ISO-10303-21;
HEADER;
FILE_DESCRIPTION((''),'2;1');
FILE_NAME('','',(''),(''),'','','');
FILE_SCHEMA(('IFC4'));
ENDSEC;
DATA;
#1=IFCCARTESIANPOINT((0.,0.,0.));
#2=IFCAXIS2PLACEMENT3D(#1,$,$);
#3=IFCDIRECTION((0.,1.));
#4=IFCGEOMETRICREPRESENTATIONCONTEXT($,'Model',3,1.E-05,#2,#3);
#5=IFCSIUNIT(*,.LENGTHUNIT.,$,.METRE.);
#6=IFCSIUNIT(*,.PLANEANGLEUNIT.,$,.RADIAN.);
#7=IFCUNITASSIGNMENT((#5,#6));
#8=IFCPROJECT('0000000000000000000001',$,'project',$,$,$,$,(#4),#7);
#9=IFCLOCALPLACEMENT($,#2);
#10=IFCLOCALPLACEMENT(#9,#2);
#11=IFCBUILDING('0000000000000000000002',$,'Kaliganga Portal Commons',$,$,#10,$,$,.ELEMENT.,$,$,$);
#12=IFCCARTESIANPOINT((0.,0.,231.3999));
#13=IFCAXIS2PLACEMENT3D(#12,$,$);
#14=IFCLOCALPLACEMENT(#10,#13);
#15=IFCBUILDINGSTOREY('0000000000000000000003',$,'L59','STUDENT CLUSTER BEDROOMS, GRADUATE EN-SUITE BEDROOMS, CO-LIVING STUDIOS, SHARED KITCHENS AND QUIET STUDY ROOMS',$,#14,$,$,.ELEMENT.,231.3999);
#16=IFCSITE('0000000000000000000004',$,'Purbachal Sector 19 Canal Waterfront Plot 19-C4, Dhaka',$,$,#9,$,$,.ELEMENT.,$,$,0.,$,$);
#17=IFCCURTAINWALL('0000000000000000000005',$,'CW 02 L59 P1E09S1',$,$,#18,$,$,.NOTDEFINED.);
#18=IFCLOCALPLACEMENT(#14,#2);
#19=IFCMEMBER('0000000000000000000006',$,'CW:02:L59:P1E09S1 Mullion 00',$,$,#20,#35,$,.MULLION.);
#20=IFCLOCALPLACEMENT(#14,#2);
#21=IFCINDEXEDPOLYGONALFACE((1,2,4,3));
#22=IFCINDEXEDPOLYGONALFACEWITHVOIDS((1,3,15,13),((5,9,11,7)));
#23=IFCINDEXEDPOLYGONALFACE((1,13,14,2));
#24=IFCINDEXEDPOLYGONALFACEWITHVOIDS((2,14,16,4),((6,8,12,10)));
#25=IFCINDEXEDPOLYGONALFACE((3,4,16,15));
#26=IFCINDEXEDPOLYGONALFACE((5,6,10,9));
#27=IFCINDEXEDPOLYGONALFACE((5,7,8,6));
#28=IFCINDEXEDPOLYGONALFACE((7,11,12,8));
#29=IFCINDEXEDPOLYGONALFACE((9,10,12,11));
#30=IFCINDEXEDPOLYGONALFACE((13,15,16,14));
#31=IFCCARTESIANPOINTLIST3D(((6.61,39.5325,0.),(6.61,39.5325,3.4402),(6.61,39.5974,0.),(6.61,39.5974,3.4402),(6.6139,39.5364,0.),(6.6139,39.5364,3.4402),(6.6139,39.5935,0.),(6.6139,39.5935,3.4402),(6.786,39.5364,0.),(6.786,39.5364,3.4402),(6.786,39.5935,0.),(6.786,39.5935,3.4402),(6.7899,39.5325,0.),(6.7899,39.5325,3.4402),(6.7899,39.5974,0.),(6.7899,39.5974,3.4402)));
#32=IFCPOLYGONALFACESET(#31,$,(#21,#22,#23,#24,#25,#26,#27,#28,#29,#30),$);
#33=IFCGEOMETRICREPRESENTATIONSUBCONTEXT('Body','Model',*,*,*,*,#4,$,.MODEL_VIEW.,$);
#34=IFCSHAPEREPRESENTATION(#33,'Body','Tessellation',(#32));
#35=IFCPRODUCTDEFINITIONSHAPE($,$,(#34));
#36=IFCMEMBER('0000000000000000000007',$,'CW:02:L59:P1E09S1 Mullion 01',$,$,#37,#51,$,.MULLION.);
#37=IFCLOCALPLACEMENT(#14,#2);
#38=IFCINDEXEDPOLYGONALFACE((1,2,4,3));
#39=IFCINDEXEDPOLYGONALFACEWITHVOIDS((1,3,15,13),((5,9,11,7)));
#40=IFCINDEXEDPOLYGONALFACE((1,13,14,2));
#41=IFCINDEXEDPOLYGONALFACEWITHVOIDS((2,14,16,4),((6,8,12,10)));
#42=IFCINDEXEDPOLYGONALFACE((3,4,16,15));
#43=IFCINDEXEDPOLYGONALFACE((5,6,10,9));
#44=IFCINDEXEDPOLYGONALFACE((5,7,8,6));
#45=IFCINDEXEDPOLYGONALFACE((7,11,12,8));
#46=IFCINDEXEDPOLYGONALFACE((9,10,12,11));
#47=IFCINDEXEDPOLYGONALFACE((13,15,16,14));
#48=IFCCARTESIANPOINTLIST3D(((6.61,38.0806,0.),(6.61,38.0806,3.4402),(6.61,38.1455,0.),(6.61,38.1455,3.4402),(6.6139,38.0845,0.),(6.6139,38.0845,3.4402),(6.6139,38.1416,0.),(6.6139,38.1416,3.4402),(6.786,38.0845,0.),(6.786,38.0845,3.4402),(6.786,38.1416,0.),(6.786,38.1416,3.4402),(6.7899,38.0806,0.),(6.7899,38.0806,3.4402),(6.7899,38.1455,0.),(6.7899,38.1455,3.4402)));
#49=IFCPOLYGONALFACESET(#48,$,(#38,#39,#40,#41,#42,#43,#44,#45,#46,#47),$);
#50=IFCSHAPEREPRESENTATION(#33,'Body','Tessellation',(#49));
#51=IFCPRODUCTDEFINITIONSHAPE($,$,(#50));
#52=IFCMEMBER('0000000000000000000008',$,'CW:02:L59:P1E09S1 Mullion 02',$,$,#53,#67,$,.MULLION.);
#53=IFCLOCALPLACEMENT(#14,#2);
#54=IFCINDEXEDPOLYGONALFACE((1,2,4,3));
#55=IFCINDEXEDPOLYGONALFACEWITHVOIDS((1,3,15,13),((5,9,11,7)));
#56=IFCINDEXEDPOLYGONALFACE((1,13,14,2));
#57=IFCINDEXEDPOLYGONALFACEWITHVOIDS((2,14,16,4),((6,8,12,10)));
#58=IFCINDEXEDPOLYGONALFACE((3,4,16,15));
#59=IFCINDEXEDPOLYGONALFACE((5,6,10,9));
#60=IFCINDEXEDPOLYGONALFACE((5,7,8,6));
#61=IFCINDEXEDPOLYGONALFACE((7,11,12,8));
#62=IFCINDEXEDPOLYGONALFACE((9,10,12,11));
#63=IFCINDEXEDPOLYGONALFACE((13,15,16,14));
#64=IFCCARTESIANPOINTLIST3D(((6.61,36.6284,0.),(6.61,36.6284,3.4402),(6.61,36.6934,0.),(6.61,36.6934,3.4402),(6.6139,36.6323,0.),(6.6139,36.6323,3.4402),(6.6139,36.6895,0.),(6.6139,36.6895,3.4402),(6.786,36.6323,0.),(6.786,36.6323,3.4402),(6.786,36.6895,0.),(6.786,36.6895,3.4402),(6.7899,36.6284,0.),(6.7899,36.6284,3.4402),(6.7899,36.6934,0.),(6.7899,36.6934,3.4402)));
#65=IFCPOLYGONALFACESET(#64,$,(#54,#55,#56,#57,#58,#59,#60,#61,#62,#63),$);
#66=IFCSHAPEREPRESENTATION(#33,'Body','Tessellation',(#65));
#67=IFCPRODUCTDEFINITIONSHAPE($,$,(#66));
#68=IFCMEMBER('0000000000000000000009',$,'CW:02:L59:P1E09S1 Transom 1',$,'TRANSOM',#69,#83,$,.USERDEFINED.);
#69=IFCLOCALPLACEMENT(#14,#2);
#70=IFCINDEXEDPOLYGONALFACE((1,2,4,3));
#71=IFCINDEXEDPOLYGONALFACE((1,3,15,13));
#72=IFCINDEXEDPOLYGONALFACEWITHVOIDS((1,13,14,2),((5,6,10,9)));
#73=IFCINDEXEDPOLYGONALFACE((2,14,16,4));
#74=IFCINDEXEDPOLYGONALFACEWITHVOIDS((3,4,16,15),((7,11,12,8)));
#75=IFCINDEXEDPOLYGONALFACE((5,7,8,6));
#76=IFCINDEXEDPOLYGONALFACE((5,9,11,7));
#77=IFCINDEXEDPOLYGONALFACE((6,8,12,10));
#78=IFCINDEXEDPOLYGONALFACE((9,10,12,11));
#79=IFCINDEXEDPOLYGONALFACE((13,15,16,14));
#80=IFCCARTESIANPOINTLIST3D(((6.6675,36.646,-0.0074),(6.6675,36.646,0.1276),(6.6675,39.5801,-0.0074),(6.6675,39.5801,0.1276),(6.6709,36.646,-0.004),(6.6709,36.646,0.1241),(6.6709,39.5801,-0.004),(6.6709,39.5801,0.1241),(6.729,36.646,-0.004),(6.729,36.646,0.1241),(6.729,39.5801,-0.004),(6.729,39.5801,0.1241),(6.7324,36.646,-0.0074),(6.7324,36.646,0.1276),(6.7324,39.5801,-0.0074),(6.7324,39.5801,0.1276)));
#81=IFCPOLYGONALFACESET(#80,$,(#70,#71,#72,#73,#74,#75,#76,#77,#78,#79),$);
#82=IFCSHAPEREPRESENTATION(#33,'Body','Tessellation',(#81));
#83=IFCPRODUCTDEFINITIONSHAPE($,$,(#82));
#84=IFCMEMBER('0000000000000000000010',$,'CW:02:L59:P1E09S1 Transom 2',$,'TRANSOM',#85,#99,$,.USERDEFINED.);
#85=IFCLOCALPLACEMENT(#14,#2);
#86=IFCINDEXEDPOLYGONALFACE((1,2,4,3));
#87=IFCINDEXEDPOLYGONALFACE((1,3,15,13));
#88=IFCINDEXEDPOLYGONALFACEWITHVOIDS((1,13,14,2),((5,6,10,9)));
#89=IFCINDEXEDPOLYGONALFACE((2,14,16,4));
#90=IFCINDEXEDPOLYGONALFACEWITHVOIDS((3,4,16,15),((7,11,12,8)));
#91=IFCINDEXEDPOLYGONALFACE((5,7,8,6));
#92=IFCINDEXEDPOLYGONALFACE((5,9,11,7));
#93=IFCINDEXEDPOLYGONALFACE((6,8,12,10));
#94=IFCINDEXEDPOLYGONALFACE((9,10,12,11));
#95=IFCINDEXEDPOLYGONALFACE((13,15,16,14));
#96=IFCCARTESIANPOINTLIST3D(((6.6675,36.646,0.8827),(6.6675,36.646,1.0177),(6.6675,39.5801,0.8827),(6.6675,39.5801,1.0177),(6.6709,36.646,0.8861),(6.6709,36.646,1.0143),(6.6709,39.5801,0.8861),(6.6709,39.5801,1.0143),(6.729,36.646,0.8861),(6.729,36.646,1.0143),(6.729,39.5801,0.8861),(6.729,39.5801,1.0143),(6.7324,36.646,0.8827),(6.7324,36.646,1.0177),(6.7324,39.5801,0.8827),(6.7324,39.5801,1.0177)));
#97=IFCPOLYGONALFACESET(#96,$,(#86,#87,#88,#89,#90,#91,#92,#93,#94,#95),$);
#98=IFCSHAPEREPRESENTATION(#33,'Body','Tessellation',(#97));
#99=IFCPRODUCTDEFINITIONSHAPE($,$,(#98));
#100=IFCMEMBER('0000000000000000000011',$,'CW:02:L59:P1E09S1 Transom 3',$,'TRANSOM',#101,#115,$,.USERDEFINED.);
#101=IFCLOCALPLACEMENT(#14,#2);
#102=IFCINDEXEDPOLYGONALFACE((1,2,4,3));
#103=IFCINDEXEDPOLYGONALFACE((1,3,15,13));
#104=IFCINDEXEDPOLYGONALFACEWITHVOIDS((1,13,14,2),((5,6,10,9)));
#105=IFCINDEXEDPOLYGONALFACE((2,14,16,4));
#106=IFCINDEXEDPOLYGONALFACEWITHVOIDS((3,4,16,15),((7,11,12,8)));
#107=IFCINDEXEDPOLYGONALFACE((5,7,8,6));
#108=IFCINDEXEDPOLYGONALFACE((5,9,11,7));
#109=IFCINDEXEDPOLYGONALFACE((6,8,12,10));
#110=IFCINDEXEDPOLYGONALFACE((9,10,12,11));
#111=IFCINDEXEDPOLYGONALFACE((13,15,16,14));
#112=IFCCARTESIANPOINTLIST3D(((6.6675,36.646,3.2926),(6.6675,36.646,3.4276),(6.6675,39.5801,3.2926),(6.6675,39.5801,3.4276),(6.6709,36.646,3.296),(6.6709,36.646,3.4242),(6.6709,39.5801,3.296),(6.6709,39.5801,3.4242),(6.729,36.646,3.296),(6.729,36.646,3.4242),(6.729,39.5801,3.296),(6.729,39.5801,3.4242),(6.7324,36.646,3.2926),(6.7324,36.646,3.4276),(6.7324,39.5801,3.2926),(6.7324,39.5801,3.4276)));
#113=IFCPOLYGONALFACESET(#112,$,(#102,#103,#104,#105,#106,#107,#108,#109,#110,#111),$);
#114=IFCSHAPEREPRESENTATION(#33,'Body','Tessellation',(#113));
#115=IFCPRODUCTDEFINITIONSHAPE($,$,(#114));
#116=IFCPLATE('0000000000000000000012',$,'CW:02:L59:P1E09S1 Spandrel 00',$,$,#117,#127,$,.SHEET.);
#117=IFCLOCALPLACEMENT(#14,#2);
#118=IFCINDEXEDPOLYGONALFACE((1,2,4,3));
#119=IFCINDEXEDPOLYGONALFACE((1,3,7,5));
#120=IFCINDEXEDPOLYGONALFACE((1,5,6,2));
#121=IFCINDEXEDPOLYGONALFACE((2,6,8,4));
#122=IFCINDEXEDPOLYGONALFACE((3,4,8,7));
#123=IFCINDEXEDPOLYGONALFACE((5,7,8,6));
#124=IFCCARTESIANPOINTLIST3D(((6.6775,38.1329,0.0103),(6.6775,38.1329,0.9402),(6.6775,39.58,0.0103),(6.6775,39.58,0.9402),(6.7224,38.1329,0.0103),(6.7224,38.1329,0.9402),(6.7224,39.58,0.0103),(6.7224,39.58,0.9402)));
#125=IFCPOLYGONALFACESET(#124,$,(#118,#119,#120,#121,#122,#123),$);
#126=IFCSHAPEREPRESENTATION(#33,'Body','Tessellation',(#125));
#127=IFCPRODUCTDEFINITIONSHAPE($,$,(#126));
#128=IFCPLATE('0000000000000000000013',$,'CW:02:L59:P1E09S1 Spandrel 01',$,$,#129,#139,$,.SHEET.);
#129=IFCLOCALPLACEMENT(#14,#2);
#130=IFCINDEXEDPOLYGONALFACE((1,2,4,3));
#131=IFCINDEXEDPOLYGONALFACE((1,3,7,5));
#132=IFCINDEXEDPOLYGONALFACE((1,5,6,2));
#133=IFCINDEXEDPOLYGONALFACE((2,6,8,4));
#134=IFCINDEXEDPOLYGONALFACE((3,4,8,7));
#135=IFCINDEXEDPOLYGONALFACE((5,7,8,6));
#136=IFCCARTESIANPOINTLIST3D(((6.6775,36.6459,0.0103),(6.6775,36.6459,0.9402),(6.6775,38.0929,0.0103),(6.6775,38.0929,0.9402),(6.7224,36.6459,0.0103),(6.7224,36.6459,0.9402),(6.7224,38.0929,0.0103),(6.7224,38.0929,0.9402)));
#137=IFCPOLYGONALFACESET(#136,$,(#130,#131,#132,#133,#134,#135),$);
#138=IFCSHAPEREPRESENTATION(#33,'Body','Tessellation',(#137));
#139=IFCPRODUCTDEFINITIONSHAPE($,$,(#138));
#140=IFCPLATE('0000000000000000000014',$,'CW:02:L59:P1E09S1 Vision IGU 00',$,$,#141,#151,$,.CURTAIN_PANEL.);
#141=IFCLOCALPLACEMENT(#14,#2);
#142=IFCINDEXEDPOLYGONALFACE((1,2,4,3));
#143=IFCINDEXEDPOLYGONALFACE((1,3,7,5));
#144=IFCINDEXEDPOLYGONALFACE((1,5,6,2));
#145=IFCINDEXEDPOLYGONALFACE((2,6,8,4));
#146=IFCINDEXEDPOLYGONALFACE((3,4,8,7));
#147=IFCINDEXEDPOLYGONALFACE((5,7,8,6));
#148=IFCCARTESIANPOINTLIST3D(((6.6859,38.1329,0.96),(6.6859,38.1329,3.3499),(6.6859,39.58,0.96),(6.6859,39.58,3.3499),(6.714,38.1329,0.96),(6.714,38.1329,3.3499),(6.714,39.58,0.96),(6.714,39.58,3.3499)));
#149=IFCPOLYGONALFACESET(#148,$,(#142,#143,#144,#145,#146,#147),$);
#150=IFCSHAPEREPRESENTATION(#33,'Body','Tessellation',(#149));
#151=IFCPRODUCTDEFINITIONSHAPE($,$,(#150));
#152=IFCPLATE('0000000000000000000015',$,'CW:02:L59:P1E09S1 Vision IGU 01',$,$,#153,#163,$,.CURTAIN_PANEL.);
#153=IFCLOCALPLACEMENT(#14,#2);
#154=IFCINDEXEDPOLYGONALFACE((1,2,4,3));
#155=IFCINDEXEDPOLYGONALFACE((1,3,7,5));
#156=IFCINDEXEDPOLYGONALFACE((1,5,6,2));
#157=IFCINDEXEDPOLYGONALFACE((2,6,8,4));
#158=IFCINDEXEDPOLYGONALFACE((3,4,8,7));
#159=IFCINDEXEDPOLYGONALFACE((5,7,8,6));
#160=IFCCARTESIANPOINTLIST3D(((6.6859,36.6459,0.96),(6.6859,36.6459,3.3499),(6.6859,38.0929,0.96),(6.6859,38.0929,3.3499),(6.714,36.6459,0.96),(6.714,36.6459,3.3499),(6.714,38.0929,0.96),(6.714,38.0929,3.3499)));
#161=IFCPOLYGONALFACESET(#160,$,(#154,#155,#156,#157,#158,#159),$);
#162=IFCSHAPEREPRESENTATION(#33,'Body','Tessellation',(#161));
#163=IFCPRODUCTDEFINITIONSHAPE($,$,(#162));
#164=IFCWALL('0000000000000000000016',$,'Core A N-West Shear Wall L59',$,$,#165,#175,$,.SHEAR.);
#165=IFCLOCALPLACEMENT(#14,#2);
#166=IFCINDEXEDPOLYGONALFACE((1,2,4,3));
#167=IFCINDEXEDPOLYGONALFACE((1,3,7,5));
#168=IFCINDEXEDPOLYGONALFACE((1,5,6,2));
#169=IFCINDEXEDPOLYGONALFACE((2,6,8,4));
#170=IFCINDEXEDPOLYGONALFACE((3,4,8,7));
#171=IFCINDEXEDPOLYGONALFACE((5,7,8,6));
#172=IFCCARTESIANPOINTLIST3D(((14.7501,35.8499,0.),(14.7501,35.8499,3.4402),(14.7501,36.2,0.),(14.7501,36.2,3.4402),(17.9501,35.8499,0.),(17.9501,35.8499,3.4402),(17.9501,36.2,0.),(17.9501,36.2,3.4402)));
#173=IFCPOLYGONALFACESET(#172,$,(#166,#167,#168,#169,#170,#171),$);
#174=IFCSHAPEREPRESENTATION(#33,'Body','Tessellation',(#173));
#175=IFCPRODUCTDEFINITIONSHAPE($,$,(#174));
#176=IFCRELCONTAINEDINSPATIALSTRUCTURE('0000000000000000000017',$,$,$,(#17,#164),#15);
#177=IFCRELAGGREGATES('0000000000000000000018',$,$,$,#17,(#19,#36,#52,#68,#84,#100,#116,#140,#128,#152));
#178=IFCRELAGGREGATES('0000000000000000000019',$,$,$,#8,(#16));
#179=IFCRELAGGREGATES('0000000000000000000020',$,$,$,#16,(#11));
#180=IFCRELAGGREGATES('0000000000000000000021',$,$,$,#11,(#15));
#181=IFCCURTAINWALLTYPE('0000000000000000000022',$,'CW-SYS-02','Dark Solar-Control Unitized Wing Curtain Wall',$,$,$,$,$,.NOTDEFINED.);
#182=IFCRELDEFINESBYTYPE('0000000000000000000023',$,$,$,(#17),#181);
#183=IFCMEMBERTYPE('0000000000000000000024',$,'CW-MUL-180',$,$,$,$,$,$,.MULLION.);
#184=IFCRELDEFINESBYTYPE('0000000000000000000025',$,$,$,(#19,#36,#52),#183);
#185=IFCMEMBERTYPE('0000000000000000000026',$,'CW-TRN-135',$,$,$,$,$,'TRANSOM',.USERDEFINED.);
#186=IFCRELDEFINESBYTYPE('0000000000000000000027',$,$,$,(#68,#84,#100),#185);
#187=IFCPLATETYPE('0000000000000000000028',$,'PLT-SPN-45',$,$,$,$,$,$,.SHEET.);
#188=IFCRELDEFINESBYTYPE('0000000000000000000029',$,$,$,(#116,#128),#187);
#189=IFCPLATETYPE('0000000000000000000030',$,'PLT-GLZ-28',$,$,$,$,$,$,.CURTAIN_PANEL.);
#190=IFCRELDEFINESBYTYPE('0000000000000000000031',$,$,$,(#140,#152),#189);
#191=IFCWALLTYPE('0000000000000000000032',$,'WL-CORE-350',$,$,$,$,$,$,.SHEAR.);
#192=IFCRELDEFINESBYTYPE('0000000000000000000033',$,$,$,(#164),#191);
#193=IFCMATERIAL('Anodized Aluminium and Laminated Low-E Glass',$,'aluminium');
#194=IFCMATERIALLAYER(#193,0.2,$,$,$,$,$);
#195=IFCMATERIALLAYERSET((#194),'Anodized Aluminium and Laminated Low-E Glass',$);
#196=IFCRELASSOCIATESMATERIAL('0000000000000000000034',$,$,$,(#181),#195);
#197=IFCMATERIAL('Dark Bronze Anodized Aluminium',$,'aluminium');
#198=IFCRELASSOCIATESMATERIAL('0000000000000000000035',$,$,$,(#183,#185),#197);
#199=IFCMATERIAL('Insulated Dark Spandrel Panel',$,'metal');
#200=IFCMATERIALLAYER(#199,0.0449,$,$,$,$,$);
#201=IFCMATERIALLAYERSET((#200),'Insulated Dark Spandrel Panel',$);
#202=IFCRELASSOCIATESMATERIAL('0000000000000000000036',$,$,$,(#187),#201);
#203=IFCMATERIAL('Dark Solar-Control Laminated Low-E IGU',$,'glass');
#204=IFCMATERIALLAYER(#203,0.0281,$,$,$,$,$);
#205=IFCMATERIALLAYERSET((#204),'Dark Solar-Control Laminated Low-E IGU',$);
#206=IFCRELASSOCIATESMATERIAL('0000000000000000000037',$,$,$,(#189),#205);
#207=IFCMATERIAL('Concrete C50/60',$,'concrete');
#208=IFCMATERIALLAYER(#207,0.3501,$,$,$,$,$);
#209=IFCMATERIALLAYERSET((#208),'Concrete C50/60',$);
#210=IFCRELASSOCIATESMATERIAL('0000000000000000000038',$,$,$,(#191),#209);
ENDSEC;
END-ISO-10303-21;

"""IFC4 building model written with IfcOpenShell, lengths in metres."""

from ifc_helpers import new_model, si_unit, direction, frame, frame_2d, origin, origin_2d, place, context, subcontext, project, spatial, rectangle, hollow_rectangle, extrude, source, transform, mapped, material, layer, layer_set, material_profile, profile_set, type_object, element, aggregate, save


model = new_model("IFC4")

# Units and contexts
model_context = context("Model", 3, precision=1e-05, world=origin(), true_north=direction((0.0, 1.0)))
body_context = subcontext(model_context, "Body", "Model", "MODEL_VIEW")
ifc_project = project(units=[si_unit("LENGTHUNIT", "METRE"), si_unit("PLANEANGLEUNIT", "RADIAN")], contexts=[model_context])

# Site, building, storey
site_placement = place(None, origin())
site = spatial("IfcSite", under=ifc_project, at=site_placement, Name="Purbachal Sector 19 Canal Waterfront Plot 19-C4, Dhaka", CompositionType="ELEMENT", RefElevation=0.0)
building_placement = place(site_placement, origin())
building = spatial("IfcBuilding", under=site, at=building_placement, Name="Kaliganga Portal Commons", CompositionType="ELEMENT")
storey_placement = place(building_placement, frame((0.0, 0.0, 231.3999)))
storey = spatial("IfcBuildingStorey", under=building, at=storey_placement, Name="L59", Description="STUDENT CLUSTER BEDROOMS, GRADUATE EN-SUITE BEDROOMS, CO-LIVING STUDIOS, SHARED KITCHENS AND QUIET STUDY ROOMS", CompositionType="ELEMENT", Elevation=231.3999)

# Shared definitions
ifc_material_1 = material(Name="Concrete C50/60", Category="concrete")

# Curtain wall, members, plates
ifc_material_2 = material(Name="Anodized Aluminium and Laminated Low-E Glass", Category="aluminium")
ifc_layer_1 = layer(ifc_material_2, 0.2)
ifc_layer_set_1 = layer_set([ifc_layer_1], Name="Anodized Aluminium and Laminated Low-E Glass")
curtain_wall_type = type_object("IfcCurtainWallType", Name="CW-SYS-02", Description="Dark Solar-Control Unitized Wing Curtain Wall", PredefinedType="NOTDEFINED", material=ifc_layer_set_1)
curtain_wall_placement = place(storey_placement, origin())
curtain_wall = element("IfcCurtainWall", 1, at=curtain_wall_placement, inside=storey, type_object=curtain_wall_type, Name="CW 02 L59 P1E09S1", PredefinedType="NOTDEFINED")
ifc_material_3 = material(Name="Dark Bronze Anodized Aluminium", Category="aluminium")
ifc_material_profile_1 = material_profile(ifc_material_3, hollow_rectangle(XDim=0.0649, YDim=0.1799, WallThickness=0.0039, at=origin_2d()), Name="ALU MULL 65x180x4")
ifc_profile_set_1 = profile_set([ifc_material_profile_1], Name="Dark Bronze Anodized Aluminium")
member_type_1 = type_object("IfcMemberType", Name="CW-MUL-180", PredefinedType="MULLION", material=ifc_profile_set_1)
shared_shape_1 = source(origin(), body_context, "Body", "SweptSolid", [
    extrude(hollow_rectangle(XDim=0.0649, YDim=0.1799, WallThickness=0.0039, at=origin_2d()), origin(), (0.0, 0.0, 1.0), 3.4402),
])
member_1_placement = place(storey_placement, frame((6.7, 39.5649, 0.0), z_axis=(0.0, 0.0, 1.0), x_axis=(0.0, -1.0, 0.0)))
member_1 = element("IfcMember", 2, at=member_1_placement, type_object=member_type_1, Name="CW:02:L59:P1E09S1 Mullion 00", PredefinedType="MULLION", context=body_context, shape_type="MappedRepresentation", body=[
    mapped(shared_shape_1, transform((0.0, 0.0, 0.0), x_axis=(1.0, 0.0, 0.0), y_axis=(0.0, 1.0, 0.0), z_axis=(0.0, 0.0, 1.0), scale=1.0)),
])
member_2_placement = place(storey_placement, frame((6.7, 38.113, 0.0), z_axis=(0.0, 0.0, 1.0), x_axis=(0.0, -1.0, 0.0)))
member_2 = element("IfcMember", 3, at=member_2_placement, type_object=member_type_1, Name="CW:02:L59:P1E09S1 Mullion 01", PredefinedType="MULLION", context=body_context, shape_type="MappedRepresentation", body=[
    mapped(shared_shape_1, transform((0.0, 0.0, 0.0), x_axis=(1.0, 0.0, 0.0), y_axis=(0.0, 1.0, 0.0), z_axis=(0.0, 0.0, 1.0), scale=1.0)),
])
member_3_placement = place(storey_placement, frame((6.7, 36.6609, 0.0), z_axis=(0.0, 0.0, 1.0), x_axis=(0.0, -1.0, 0.0)))
member_3 = element("IfcMember", 4, at=member_3_placement, type_object=member_type_1, Name="CW:02:L59:P1E09S1 Mullion 02", PredefinedType="MULLION", context=body_context, shape_type="MappedRepresentation", body=[
    mapped(shared_shape_1, transform((0.0, 0.0, 0.0), x_axis=(1.0, 0.0, 0.0), y_axis=(0.0, 1.0, 0.0), z_axis=(0.0, 0.0, 1.0), scale=1.0)),
])
ifc_material_profile_2 = material_profile(ifc_material_3, hollow_rectangle(XDim=0.0649, YDim=0.135, WallThickness=0.0034, at=origin_2d()), Name="ALU TRAN 65x135x3.5")
ifc_profile_set_2 = profile_set([ifc_material_profile_2], Name="Dark Bronze Anodized Aluminium")
member_type_2 = type_object("IfcMemberType", Name="CW-TRN-135", ElementType="TRANSOM", PredefinedType="USERDEFINED", material=ifc_profile_set_2)
shared_shape_2 = source(origin(), body_context, "Body", "SweptSolid", [
    extrude(hollow_rectangle(XDim=0.0649, YDim=0.135, WallThickness=0.0034, at=origin_2d()), origin(), (0.0, 0.0, 1.0), 2.9341),
])
member_4_placement = place(storey_placement, frame((6.7, 39.5801, 0.0601), z_axis=(0.0, -1.0, 0.0), x_axis=(1.0, 0.0, 0.0)))
member_4 = element("IfcMember", 5, at=member_4_placement, type_object=member_type_2, Name="CW:02:L59:P1E09S1 Transom 1", ObjectType="TRANSOM", PredefinedType="USERDEFINED", context=body_context, shape_type="MappedRepresentation", body=[
    mapped(shared_shape_2, transform((0.0, 0.0, 0.0), x_axis=(1.0, 0.0, 0.0), y_axis=(0.0, 1.0, 0.0), z_axis=(0.0, 0.0, 1.0), scale=1.0)),
])
member_5_placement = place(storey_placement, frame((6.7, 39.5801, 0.9502), z_axis=(0.0, -1.0, 0.0), x_axis=(1.0, 0.0, 0.0)))
member_5 = element("IfcMember", 6, at=member_5_placement, type_object=member_type_2, Name="CW:02:L59:P1E09S1 Transom 2", ObjectType="TRANSOM", PredefinedType="USERDEFINED", context=body_context, shape_type="MappedRepresentation", body=[
    mapped(shared_shape_2, transform((0.0, 0.0, 0.0), x_axis=(1.0, 0.0, 0.0), y_axis=(0.0, 1.0, 0.0), z_axis=(0.0, 0.0, 1.0), scale=1.0)),
])
member_6_placement = place(storey_placement, frame((6.7, 39.5801, 3.3601), z_axis=(0.0, -1.0, 0.0), x_axis=(1.0, 0.0, 0.0)))
member_6 = element("IfcMember", 7, at=member_6_placement, type_object=member_type_2, Name="CW:02:L59:P1E09S1 Transom 3", ObjectType="TRANSOM", PredefinedType="USERDEFINED", context=body_context, shape_type="MappedRepresentation", body=[
    mapped(shared_shape_2, transform((0.0, 0.0, 0.0), x_axis=(1.0, 0.0, 0.0), y_axis=(0.0, 1.0, 0.0), z_axis=(0.0, 0.0, 1.0), scale=1.0)),
])
ifc_material_4 = material(Name="Insulated Dark Spandrel Panel", Category="metal")
ifc_layer_2 = layer(ifc_material_4, 0.0449)
ifc_layer_set_2 = layer_set([ifc_layer_2], Name="Insulated Dark Spandrel Panel")
plate_type_1 = type_object("IfcPlateType", Name="PLT-SPN-45", PredefinedType="SHEET", material=ifc_layer_set_2)
shared_shape_3 = source(origin(), body_context, "Body", "SweptSolid", [
    extrude(rectangle(XDim=1.447, YDim=0.0449, at=origin_2d()), origin(), (0.0, 0.0, 1.0), 0.9299),
])
plate_1_placement = place(storey_placement, frame((6.7, 38.8564, 0.0103), z_axis=(0.0, 0.0, 1.0), x_axis=(0.0, -1.0, 0.0)))
plate_1 = element("IfcPlate", 8, at=plate_1_placement, type_object=plate_type_1, Name="CW:02:L59:P1E09S1 Spandrel 00", PredefinedType="SHEET", context=body_context, shape_type="MappedRepresentation", body=[
    mapped(shared_shape_3, transform((0.0, 0.0, 0.0), x_axis=(1.0, 0.0, 0.0), y_axis=(0.0, 1.0, 0.0), z_axis=(0.0, 0.0, 1.0), scale=1.0)),
])
plate_2_placement = place(storey_placement, frame((6.7, 37.3694, 0.0103), z_axis=(0.0, 0.0, 1.0), x_axis=(0.0, -1.0, 0.0)))
plate_2 = element("IfcPlate", 9, at=plate_2_placement, type_object=plate_type_1, Name="CW:02:L59:P1E09S1 Spandrel 01", PredefinedType="SHEET", context=body_context, shape_type="MappedRepresentation", body=[
    mapped(shared_shape_3, transform((0.0, 0.0, 0.0), x_axis=(1.0, 0.0, 0.0), y_axis=(0.0, 1.0, 0.0), z_axis=(0.0, 0.0, 1.0), scale=1.0)),
])
ifc_material_5 = material(Name="Dark Solar-Control Laminated Low-E IGU", Category="glass")
ifc_layer_3 = layer(ifc_material_5, 0.0281)
ifc_layer_set_3 = layer_set([ifc_layer_3], Name="Dark Solar-Control Laminated Low-E IGU")
plate_type_2 = type_object("IfcPlateType", Name="PLT-GLZ-28", PredefinedType="CURTAIN_PANEL", material=ifc_layer_set_3)
shared_shape_4 = source(origin(), body_context, "Body", "SweptSolid", [
    extrude(rectangle(XDim=1.447, YDim=0.0281, at=origin_2d()), origin(), (0.0, 0.0, 1.0), 2.3899),
])
plate_3_placement = place(storey_placement, frame((6.7, 38.8564, 0.96), z_axis=(0.0, 0.0, 1.0), x_axis=(0.0, -1.0, 0.0)))
plate_3 = element("IfcPlate", 10, at=plate_3_placement, type_object=plate_type_2, Name="CW:02:L59:P1E09S1 Vision IGU 00", PredefinedType="CURTAIN_PANEL", context=body_context, shape_type="MappedRepresentation", body=[
    mapped(shared_shape_4, transform((0.0, 0.0, 0.0), x_axis=(1.0, 0.0, 0.0), y_axis=(0.0, 1.0, 0.0), z_axis=(0.0, 0.0, 1.0), scale=1.0)),
])
plate_4_placement = place(storey_placement, frame((6.7, 37.3694, 0.96), z_axis=(0.0, 0.0, 1.0), x_axis=(0.0, -1.0, 0.0)))
plate_4 = element("IfcPlate", 11, at=plate_4_placement, type_object=plate_type_2, Name="CW:02:L59:P1E09S1 Vision IGU 01", PredefinedType="CURTAIN_PANEL", context=body_context, shape_type="MappedRepresentation", body=[
    mapped(shared_shape_4, transform((0.0, 0.0, 0.0), x_axis=(1.0, 0.0, 0.0), y_axis=(0.0, 1.0, 0.0), z_axis=(0.0, 0.0, 1.0), scale=1.0)),
])
aggregate(curtain_wall, [member_1, member_2, member_3, member_4, member_5, member_6, plate_1, plate_3, plate_2, plate_4])

# Wall
ifc_layer_4 = layer(ifc_material_1, 0.3501)
ifc_layer_set_4 = layer_set([ifc_layer_4], Name="Concrete C50/60")
wall_type_1 = type_object("IfcWallType", Name="WL-CORE-350", PredefinedType="SHEAR", material=ifc_layer_set_4)
wall_1_placement = place(storey_placement, frame((14.75, 36.0249, 0.0), z_axis=(0.0, 0.0, 1.0), x_axis=(1.0, 0.0, 0.0)))
element("IfcWall", 12, at=wall_1_placement, inside=storey, type_object=wall_type_1, Name="Core A N-West Shear Wall L59", PredefinedType="SHEAR", context=body_context, shape_type="SweptSolid", body=[
    extrude(rectangle(XDim=3.2, YDim=0.3501, at=frame_2d((1.6001, 0.0))), origin(), (0.0, 0.0, 1.0), 3.4402),
])

save(model, "model.ifc")
